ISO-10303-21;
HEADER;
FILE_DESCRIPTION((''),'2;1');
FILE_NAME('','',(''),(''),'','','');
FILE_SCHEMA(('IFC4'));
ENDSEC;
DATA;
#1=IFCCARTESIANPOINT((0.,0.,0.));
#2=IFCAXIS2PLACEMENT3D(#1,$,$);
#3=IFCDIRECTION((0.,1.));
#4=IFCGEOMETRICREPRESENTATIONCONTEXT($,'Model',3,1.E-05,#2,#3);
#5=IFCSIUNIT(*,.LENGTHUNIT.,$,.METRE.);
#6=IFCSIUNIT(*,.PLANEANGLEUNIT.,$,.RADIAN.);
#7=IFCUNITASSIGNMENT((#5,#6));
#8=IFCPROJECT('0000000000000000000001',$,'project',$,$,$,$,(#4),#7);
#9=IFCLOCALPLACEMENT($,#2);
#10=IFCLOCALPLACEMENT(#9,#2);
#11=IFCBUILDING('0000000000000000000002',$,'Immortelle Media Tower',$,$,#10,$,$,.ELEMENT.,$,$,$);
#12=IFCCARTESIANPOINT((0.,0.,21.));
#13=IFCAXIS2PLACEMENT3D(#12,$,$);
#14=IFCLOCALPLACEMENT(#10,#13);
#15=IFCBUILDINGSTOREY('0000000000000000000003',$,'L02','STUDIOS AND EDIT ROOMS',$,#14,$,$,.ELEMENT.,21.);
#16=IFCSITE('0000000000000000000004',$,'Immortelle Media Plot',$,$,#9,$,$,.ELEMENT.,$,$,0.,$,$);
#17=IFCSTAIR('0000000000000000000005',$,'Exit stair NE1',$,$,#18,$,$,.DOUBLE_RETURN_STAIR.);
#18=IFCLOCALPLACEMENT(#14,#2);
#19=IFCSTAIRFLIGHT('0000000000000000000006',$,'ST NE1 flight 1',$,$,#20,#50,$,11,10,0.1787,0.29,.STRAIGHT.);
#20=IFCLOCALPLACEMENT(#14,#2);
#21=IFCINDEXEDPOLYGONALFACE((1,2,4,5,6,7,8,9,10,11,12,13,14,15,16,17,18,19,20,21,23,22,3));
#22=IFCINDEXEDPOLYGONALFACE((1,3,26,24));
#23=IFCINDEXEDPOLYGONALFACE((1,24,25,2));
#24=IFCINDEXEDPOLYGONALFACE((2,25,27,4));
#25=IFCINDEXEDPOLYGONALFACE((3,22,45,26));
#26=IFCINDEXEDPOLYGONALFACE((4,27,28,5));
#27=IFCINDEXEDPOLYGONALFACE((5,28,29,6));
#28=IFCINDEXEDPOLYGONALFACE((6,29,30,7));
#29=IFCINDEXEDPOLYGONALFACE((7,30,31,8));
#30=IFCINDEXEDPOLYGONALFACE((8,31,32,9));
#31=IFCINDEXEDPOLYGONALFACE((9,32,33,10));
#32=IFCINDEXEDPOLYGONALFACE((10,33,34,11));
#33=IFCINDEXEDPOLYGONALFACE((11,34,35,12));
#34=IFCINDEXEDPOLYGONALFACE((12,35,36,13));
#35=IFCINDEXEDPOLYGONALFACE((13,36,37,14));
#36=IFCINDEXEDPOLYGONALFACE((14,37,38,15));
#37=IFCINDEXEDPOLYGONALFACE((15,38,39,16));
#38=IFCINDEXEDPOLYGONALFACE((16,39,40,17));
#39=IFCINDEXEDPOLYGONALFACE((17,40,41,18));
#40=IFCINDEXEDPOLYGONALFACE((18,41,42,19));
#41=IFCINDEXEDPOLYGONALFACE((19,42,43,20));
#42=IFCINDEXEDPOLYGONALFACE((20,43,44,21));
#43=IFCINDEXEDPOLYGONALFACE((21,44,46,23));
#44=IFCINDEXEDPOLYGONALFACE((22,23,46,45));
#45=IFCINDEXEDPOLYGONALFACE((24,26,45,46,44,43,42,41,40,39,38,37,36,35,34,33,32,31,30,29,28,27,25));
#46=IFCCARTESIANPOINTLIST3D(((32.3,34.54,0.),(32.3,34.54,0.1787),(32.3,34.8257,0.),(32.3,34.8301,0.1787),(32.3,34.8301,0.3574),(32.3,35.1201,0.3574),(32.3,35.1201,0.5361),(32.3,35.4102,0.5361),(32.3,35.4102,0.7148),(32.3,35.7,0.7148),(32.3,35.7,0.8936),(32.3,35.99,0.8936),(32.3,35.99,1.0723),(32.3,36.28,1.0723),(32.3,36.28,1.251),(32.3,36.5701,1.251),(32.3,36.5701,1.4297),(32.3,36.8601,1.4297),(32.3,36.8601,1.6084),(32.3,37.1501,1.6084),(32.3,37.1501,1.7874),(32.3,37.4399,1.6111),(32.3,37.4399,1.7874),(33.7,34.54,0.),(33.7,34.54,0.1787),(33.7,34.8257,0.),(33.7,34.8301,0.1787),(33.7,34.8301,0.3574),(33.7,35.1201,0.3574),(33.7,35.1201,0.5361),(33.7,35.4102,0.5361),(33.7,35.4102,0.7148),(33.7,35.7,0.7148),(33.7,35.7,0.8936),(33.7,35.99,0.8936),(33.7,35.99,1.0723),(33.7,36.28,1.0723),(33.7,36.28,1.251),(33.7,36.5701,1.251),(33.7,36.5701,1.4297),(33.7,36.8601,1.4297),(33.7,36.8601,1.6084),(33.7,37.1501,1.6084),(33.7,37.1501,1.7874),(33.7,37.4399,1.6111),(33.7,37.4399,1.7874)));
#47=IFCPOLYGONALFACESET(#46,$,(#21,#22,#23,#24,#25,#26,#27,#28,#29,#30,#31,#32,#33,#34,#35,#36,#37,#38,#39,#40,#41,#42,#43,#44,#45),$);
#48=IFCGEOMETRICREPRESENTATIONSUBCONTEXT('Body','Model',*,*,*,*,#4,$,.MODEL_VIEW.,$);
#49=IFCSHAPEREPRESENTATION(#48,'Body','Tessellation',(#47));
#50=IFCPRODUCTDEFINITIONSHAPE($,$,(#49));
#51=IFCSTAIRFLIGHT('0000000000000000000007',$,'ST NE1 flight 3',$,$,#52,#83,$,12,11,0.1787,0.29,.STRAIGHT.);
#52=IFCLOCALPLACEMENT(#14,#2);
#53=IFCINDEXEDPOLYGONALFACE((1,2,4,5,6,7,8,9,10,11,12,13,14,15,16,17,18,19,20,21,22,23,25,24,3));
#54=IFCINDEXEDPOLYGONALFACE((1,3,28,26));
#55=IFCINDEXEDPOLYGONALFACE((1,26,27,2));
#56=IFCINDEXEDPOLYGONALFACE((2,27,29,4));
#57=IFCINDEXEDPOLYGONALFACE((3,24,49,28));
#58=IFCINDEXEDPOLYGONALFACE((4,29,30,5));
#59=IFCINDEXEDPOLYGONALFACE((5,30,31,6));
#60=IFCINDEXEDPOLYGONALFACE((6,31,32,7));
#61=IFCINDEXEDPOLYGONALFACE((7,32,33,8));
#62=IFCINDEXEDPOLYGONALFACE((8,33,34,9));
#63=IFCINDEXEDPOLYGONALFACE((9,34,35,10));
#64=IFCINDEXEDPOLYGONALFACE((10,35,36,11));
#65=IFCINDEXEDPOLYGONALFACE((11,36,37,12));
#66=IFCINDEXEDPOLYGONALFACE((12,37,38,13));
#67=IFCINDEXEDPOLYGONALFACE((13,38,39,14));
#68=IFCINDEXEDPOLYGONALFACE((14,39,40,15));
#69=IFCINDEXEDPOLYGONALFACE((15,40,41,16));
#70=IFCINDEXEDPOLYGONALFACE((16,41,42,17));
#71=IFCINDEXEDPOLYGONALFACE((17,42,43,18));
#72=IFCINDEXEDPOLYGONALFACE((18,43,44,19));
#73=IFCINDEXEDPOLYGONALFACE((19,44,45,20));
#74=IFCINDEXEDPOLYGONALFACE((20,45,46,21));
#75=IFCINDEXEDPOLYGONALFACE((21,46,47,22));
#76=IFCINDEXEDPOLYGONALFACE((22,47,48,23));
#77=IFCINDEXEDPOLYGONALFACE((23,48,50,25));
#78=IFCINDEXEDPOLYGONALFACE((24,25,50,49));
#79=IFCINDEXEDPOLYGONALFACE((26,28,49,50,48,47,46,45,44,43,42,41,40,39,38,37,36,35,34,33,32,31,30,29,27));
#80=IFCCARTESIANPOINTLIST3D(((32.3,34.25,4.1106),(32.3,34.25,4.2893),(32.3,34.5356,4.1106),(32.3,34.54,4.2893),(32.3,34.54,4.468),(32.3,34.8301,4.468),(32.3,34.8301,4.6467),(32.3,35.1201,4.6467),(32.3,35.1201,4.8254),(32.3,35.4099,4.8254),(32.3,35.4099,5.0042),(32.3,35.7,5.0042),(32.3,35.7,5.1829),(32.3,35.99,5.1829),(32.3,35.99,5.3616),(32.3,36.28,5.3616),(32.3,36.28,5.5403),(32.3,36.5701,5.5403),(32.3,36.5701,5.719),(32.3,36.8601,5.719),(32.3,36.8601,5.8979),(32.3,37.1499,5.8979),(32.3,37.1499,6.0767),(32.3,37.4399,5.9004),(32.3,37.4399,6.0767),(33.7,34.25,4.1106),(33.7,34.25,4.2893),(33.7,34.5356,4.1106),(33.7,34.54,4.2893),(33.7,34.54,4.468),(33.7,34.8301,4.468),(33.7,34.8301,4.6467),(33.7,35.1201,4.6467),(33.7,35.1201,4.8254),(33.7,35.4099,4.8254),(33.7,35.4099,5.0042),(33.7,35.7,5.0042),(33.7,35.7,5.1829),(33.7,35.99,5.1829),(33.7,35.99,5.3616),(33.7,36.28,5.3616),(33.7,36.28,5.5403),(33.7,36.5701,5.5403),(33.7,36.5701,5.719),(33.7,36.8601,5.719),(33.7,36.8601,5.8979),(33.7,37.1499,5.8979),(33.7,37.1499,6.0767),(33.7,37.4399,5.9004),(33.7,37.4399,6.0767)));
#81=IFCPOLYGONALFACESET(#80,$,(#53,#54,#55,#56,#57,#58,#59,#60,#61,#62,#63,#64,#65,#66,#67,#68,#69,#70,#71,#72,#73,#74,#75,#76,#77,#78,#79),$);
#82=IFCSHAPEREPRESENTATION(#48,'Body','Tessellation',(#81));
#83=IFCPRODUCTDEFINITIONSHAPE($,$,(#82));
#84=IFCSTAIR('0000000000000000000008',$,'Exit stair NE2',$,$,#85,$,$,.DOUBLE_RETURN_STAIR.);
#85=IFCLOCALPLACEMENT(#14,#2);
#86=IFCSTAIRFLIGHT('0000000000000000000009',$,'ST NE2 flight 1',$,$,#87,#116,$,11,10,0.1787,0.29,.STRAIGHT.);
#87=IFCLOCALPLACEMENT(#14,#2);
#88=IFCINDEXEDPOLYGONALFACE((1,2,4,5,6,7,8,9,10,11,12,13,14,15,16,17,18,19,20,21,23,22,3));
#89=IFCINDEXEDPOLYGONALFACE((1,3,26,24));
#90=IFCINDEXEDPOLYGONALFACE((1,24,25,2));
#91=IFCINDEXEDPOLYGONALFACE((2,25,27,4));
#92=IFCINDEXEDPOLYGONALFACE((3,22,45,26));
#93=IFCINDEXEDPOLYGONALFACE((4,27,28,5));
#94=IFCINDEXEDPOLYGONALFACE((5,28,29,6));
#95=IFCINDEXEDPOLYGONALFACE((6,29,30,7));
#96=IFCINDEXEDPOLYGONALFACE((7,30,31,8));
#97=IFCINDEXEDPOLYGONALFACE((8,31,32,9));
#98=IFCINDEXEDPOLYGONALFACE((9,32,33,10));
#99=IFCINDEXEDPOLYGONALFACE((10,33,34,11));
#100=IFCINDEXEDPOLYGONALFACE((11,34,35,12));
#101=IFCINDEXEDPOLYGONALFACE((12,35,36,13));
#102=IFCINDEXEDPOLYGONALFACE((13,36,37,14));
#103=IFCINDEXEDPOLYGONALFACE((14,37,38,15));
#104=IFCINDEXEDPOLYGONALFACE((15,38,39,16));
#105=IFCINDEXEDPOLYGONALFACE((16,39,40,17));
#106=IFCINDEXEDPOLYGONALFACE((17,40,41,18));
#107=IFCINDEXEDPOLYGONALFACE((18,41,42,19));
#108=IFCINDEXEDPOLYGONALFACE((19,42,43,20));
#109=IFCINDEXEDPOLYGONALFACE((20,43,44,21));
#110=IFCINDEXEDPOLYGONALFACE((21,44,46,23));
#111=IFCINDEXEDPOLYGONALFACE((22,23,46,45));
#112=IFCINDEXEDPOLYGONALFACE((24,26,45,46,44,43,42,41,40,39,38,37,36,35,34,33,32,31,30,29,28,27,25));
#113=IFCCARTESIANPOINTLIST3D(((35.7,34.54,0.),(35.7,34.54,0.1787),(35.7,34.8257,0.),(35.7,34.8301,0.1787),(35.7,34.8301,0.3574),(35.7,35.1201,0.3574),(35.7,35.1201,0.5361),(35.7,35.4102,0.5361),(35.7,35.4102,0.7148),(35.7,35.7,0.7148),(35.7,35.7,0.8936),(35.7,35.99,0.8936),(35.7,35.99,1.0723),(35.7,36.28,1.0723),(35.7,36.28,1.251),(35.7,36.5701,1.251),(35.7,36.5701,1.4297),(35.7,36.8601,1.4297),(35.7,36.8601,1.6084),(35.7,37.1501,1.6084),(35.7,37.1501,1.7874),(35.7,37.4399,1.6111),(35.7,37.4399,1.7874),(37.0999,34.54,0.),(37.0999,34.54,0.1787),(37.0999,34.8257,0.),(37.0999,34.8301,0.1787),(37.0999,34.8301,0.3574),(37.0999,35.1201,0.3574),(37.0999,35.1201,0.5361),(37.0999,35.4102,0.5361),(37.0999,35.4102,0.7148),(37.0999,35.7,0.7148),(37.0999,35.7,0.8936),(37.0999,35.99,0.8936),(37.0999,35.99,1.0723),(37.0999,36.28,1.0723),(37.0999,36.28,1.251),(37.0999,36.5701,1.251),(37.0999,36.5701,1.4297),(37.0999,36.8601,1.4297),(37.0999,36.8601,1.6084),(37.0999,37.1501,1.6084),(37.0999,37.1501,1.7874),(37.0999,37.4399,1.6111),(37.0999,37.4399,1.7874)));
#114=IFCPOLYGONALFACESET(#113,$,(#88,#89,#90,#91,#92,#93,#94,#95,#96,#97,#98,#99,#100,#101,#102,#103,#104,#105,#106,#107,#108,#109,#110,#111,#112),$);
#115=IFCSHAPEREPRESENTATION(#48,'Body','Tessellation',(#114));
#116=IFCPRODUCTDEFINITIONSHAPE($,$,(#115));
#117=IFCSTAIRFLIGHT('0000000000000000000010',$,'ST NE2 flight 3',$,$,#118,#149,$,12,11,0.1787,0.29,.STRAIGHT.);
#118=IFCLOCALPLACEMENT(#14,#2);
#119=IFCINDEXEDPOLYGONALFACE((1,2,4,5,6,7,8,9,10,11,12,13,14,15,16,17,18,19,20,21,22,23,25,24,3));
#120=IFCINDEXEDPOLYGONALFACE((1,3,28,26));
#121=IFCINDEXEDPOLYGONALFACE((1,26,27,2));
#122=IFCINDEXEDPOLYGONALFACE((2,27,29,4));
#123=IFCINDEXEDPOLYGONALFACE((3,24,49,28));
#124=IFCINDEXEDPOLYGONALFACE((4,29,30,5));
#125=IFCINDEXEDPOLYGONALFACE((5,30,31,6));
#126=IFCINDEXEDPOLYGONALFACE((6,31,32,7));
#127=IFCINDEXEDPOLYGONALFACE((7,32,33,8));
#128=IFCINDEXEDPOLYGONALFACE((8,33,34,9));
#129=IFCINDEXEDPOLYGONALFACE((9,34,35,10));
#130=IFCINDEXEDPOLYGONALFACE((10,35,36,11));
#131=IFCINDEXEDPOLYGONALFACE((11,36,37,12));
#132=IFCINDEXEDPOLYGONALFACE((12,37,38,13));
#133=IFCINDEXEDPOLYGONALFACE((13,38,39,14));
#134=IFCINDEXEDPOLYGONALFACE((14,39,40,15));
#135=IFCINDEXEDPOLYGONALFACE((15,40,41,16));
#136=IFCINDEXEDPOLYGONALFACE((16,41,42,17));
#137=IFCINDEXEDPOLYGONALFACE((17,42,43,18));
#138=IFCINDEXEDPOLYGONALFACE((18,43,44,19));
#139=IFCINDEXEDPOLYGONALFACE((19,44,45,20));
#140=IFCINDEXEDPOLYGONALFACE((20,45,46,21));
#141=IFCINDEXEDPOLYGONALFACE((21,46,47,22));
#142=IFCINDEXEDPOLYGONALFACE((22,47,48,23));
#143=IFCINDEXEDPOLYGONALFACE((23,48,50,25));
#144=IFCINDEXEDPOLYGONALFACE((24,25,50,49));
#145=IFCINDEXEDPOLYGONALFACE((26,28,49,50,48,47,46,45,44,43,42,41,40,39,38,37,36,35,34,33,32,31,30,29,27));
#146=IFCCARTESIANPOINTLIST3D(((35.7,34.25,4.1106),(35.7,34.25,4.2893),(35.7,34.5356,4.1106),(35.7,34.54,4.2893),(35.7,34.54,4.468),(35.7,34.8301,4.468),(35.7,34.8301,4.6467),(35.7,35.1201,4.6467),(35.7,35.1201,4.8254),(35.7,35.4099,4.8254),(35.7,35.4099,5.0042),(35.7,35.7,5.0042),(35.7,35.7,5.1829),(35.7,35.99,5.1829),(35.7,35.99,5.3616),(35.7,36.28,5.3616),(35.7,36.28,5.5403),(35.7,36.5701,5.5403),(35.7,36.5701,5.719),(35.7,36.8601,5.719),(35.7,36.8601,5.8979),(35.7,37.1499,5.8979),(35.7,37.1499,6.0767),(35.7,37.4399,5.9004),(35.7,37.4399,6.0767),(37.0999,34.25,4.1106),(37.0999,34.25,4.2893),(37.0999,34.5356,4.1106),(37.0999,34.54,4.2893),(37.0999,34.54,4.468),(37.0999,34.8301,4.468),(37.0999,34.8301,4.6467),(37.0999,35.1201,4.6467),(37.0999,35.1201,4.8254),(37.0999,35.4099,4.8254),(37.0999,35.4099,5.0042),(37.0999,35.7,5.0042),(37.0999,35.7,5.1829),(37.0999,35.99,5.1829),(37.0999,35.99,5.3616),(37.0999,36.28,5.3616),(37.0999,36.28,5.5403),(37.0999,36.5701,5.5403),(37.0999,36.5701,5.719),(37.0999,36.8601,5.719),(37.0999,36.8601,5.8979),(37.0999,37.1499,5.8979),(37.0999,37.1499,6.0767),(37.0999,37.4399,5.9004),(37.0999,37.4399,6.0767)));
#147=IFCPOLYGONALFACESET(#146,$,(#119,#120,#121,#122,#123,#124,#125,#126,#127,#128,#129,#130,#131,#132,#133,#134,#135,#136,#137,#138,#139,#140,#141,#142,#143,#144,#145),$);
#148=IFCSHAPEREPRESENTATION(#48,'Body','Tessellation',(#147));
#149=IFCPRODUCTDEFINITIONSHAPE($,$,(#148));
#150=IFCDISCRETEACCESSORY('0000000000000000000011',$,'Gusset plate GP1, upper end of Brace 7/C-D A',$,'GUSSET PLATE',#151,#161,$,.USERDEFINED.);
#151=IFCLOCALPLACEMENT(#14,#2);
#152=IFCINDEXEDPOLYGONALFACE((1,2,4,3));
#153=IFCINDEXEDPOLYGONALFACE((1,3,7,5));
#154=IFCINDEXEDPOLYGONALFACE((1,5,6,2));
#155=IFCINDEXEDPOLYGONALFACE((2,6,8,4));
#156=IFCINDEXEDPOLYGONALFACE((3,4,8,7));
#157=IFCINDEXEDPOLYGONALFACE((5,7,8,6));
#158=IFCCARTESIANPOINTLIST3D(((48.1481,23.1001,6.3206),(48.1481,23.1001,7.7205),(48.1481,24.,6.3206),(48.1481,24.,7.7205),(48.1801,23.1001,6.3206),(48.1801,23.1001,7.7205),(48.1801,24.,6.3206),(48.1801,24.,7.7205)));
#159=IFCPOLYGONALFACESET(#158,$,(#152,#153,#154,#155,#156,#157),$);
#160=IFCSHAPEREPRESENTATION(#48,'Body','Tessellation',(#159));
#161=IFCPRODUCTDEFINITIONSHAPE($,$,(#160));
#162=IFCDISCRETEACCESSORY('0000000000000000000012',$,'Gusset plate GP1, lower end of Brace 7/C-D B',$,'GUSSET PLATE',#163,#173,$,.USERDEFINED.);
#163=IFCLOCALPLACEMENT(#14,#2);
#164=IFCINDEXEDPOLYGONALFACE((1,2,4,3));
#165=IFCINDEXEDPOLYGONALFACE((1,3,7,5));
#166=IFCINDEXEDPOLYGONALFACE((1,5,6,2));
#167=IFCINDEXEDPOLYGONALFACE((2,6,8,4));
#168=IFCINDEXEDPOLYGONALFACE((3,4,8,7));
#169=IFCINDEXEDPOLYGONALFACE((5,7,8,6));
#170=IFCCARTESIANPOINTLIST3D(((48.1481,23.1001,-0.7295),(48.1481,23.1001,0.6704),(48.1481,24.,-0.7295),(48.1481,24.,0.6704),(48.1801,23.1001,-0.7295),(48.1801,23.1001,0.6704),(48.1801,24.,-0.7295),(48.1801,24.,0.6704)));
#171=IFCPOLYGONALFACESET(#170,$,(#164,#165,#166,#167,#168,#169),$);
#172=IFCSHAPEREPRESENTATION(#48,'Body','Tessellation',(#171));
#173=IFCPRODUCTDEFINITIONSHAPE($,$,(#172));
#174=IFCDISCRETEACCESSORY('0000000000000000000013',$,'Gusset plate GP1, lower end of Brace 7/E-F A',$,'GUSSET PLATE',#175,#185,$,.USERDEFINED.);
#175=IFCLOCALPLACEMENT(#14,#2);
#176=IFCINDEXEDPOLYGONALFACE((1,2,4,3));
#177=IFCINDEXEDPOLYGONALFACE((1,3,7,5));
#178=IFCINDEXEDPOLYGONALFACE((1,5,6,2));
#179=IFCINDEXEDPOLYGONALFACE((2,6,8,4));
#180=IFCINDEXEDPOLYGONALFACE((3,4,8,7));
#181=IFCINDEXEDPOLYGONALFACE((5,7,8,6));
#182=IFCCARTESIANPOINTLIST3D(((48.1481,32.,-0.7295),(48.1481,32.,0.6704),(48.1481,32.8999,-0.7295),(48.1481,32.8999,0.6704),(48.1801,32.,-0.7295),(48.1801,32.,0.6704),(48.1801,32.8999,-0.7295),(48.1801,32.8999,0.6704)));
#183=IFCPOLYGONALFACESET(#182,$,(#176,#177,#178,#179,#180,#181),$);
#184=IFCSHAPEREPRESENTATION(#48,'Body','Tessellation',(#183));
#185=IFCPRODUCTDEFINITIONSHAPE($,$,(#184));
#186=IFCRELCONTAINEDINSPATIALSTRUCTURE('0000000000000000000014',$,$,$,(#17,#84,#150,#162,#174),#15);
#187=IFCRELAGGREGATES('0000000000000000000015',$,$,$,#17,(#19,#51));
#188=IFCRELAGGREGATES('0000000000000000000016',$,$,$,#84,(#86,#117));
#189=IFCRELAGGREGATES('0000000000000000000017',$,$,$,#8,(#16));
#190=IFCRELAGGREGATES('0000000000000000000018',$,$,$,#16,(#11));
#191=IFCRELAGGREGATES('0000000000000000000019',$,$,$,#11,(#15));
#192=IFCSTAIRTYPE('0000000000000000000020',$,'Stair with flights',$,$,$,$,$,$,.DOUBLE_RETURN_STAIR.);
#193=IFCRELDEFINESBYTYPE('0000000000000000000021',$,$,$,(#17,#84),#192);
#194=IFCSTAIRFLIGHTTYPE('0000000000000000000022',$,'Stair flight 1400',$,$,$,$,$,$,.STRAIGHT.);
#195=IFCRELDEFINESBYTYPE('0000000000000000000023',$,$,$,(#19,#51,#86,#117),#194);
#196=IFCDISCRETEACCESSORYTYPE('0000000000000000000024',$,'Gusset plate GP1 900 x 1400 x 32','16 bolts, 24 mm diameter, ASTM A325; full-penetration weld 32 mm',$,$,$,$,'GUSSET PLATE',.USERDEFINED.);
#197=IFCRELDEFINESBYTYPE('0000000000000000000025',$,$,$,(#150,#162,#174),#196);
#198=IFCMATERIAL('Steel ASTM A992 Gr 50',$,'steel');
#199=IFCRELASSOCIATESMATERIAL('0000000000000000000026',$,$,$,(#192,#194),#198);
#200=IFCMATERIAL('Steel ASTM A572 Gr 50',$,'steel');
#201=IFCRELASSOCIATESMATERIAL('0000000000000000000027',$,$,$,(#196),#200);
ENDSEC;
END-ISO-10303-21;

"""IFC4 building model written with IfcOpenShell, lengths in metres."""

from ifc_helpers import new_model, si_unit, direction, frame, origin, origin_2d, place, context, subcontext, project, spatial, polyline, rectangle, outline, extrude, material, material_profile, profile_set, type_object, element, aggregate, save


model = new_model("IFC4")

# Units and contexts
model_context = context("Model", 3, precision=1e-05, world=origin(), true_north=direction((0.0, 1.0)))
body_context = subcontext(model_context, "Body", "Model", "MODEL_VIEW")
ifc_project = project(units=[si_unit("LENGTHUNIT", "METRE"), si_unit("PLANEANGLEUNIT", "RADIAN")], contexts=[model_context])

# Site, building, storey
site_placement = place(None, origin())
site = spatial("IfcSite", under=ifc_project, at=site_placement, Name="Immortelle Media Plot", CompositionType="ELEMENT", RefElevation=0.0)
building_placement = place(site_placement, origin())
building = spatial("IfcBuilding", under=site, at=building_placement, Name="Immortelle Media Tower", CompositionType="ELEMENT")
storey_placement = place(building_placement, frame((0.0, 0.0, 21.0)))
storey = spatial("IfcBuildingStorey", under=building, at=storey_placement, Name="L02", Description="STUDIOS AND EDIT ROOMS", CompositionType="ELEMENT", Elevation=21.0)

# Shared definitions
ifc_material_1 = material(Name="Steel ASTM A992 Gr 50", Category="steel")

# Stairs, stair flights
stair_type = type_object("IfcStairType", Name="Stair with flights", PredefinedType="DOUBLE_RETURN_STAIR", material=ifc_material_1)
stair_1_placement = place(storey_placement, origin())
stair_1 = element("IfcStair", 1, at=stair_1_placement, inside=storey, type_object=stair_type, Name="Exit stair NE1", PredefinedType="DOUBLE_RETURN_STAIR")
stair_flight_type = type_object("IfcStairFlightType", Name="Stair flight 1400", PredefinedType="STRAIGHT", material=ifc_material_1)
stair_flight_1_placement = place(storey_placement, frame((33.0, 34.54, 0.0), z_axis=(0.0, 0.0, 1.0), x_axis=(0.0, 1.0, 0.0)))
stair_flight_1 = element("IfcStairFlight", 2, at=stair_flight_1_placement, type_object=stair_flight_type, Name="ST NE1 flight 1", NumberOfRisers=11, NumberOfTreads=10, PredefinedType="STRAIGHT", RiserHeight=0.1787, TreadLength=0.29, context=body_context, shape_type="SweptSolid", body=[
    extrude(outline(polyline([(0.0, 0.0), (0.0, 0.1787), (0.29, 0.1787), (0.29, 0.3574), (0.5801, 0.3574), (0.5801, 0.5361), (0.8701, 0.5361), (0.8701, 0.7148), (1.1599, 0.7148), (1.1599, 0.8936), (1.45, 0.8936), (1.45, 1.0723), (1.74, 1.0723), (1.74, 1.251), (2.03, 1.251), (2.03, 1.4297), (2.3201, 1.4297), (2.3201, 1.6084), (2.6101, 1.6084), (2.6101, 1.7874), (2.8999, 1.7874), (2.8999, 1.9661), (2.8999, 1.6111), (0.2856, 0.0), (0.0, 0.0)])), frame((0.0, 0.7, 0.0), z_axis=(0.0, -1.0, 0.0), x_axis=(1.0, 0.0, 0.0)), (0.0, 0.0, 1.0), 1.3999),
])
stair_flight_2_placement = place(storey_placement, frame((33.0, 34.25, 4.1106), z_axis=(0.0, 0.0, 1.0), x_axis=(0.0, 1.0, 0.0)))
stair_flight_2 = element("IfcStairFlight", 3, at=stair_flight_2_placement, type_object=stair_flight_type, Name="ST NE1 flight 3", NumberOfRisers=12, NumberOfTreads=11, PredefinedType="STRAIGHT", RiserHeight=0.1787, TreadLength=0.29, context=body_context, shape_type="SweptSolid", body=[
    extrude(outline(polyline([(0.0, 0.0), (0.0, 0.1787), (0.29, 0.1787), (0.29, 0.3574), (0.5801, 0.3574), (0.5801, 0.5361), (0.8701, 0.5361), (0.8701, 0.7148), (1.1599, 0.7148), (1.1599, 0.8936), (1.45, 0.8936), (1.45, 1.0723), (1.74, 1.0723), (1.74, 1.251), (2.03, 1.251), (2.03, 1.4297), (2.3201, 1.4297), (2.3201, 1.6084), (2.6101, 1.6084), (2.6101, 1.7874), (2.8999, 1.7874), (2.8999, 1.9661), (3.1899, 1.9661), (3.1899, 2.1448), (3.1899, 1.7898), (0.2856, 0.0), (0.0, 0.0)])), frame((0.0, 0.7, 0.0), z_axis=(0.0, -1.0, 0.0), x_axis=(1.0, 0.0, 0.0)), (0.0, 0.0, 1.0), 1.3999),
])
aggregate(stair_1, [stair_flight_1, stair_flight_2])
stair_2_placement = place(storey_placement, origin())
stair_2 = element("IfcStair", 4, at=stair_2_placement, inside=storey, type_object=stair_type, Name="Exit stair NE2", PredefinedType="DOUBLE_RETURN_STAIR")
stair_flight_3_placement = place(storey_placement, frame((36.3999, 34.54, 0.0), z_axis=(0.0, 0.0, 1.0), x_axis=(0.0, 1.0, 0.0)))
stair_flight_3 = element("IfcStairFlight", 5, at=stair_flight_3_placement, type_object=stair_flight_type, Name="ST NE2 flight 1", NumberOfRisers=11, NumberOfTreads=10, PredefinedType="STRAIGHT", RiserHeight=0.1787, TreadLength=0.29, context=body_context, shape_type="SweptSolid", body=[
    extrude(outline(polyline([(0.0, 0.0), (0.0, 0.1787), (0.29, 0.1787), (0.29, 0.3574), (0.5801, 0.3574), (0.5801, 0.5361), (0.8701, 0.5361), (0.8701, 0.7148), (1.1599, 0.7148), (1.1599, 0.8936), (1.45, 0.8936), (1.45, 1.0723), (1.74, 1.0723), (1.74, 1.251), (2.03, 1.251), (2.03, 1.4297), (2.3201, 1.4297), (2.3201, 1.6084), (2.6101, 1.6084), (2.6101, 1.7874), (2.8999, 1.7874), (2.8999, 1.9661), (2.8999, 1.6111), (0.2856, 0.0), (0.0, 0.0)])), frame((0.0, 0.7, 0.0), z_axis=(0.0, -1.0, 0.0), x_axis=(1.0, 0.0, 0.0)), (0.0, 0.0, 1.0), 1.3999),
])
stair_flight_4_placement = place(storey_placement, frame((36.3999, 34.25, 4.1106), z_axis=(0.0, 0.0, 1.0), x_axis=(0.0, 1.0, 0.0)))
stair_flight_4 = element("IfcStairFlight", 6, at=stair_flight_4_placement, type_object=stair_flight_type, Name="ST NE2 flight 3", NumberOfRisers=12, NumberOfTreads=11, PredefinedType="STRAIGHT", RiserHeight=0.1787, TreadLength=0.29, context=body_context, shape_type="SweptSolid", body=[
    extrude(outline(polyline([(0.0, 0.0), (0.0, 0.1787), (0.29, 0.1787), (0.29, 0.3574), (0.5801, 0.3574), (0.5801, 0.5361), (0.8701, 0.5361), (0.8701, 0.7148), (1.1599, 0.7148), (1.1599, 0.8936), (1.45, 0.8936), (1.45, 1.0723), (1.74, 1.0723), (1.74, 1.251), (2.03, 1.251), (2.03, 1.4297), (2.3201, 1.4297), (2.3201, 1.6084), (2.6101, 1.6084), (2.6101, 1.7874), (2.8999, 1.7874), (2.8999, 1.9661), (3.1899, 1.9661), (3.1899, 2.1448), (3.1899, 1.7898), (0.2856, 0.0), (0.0, 0.0)])), frame((0.0, 0.7, 0.0), z_axis=(0.0, -1.0, 0.0), x_axis=(1.0, 0.0, 0.0)), (0.0, 0.0, 1.0), 1.3999),
])
aggregate(stair_2, [stair_flight_3, stair_flight_4])

# Discrete accessories
ifc_material_2 = material(Name="Steel ASTM A572 Gr 50", Category="steel")
ifc_material_profile_1 = material_profile(ifc_material_2, rectangle(XDim=0.032, YDim=1.3999, at=origin_2d()), Name="PL 32 x 1400")
ifc_profile_set_1 = profile_set([ifc_material_profile_1], Name="Steel ASTM A572 Gr 50")
discrete_accessory_type = type_object("IfcDiscreteAccessoryType", Name="Gusset plate GP1 900 x 1400 x 32", Description="16 bolts, 24 mm diameter, ASTM A325; full-penetration weld 32 mm", ElementType="GUSSET PLATE", PredefinedType="USERDEFINED", material=ifc_profile_set_1)
for number, where, z_axis, x_axis, name in (
    (7, (48.1641, 24.0, 7.0205), (0.0, -1.0, 0.0), (1.0, 0.0, 0.0), "Gusset plate GP1, upper end of Brace 7/C-D A"),
    (8, (48.1641, 24.0, -0.0295), (0.0, -1.0, 0.0), (1.0, 0.0, 0.0), "Gusset plate GP1, lower end of Brace 7/C-D B"),
    (9, (48.1641, 32.0, -0.0295), (0.0, 1.0, 0.0), (-1.0, 0.0, 0.0), "Gusset plate GP1, lower end of Brace 7/E-F A"),
):
    element("IfcDiscreteAccessory", number, at=place(storey_placement, frame(where, z_axis=z_axis, x_axis=x_axis)), inside=storey, type_object=discrete_accessory_type, Name=name, ObjectType="GUSSET PLATE", PredefinedType="USERDEFINED", context=body_context, shape_type="SweptSolid", body=[
        extrude(rectangle(XDim=0.032, YDim=1.3999, at=origin_2d()), origin(), (0.0, 0.0, 1.0), 0.8999),
    ])

save(model, "model.ifc")
